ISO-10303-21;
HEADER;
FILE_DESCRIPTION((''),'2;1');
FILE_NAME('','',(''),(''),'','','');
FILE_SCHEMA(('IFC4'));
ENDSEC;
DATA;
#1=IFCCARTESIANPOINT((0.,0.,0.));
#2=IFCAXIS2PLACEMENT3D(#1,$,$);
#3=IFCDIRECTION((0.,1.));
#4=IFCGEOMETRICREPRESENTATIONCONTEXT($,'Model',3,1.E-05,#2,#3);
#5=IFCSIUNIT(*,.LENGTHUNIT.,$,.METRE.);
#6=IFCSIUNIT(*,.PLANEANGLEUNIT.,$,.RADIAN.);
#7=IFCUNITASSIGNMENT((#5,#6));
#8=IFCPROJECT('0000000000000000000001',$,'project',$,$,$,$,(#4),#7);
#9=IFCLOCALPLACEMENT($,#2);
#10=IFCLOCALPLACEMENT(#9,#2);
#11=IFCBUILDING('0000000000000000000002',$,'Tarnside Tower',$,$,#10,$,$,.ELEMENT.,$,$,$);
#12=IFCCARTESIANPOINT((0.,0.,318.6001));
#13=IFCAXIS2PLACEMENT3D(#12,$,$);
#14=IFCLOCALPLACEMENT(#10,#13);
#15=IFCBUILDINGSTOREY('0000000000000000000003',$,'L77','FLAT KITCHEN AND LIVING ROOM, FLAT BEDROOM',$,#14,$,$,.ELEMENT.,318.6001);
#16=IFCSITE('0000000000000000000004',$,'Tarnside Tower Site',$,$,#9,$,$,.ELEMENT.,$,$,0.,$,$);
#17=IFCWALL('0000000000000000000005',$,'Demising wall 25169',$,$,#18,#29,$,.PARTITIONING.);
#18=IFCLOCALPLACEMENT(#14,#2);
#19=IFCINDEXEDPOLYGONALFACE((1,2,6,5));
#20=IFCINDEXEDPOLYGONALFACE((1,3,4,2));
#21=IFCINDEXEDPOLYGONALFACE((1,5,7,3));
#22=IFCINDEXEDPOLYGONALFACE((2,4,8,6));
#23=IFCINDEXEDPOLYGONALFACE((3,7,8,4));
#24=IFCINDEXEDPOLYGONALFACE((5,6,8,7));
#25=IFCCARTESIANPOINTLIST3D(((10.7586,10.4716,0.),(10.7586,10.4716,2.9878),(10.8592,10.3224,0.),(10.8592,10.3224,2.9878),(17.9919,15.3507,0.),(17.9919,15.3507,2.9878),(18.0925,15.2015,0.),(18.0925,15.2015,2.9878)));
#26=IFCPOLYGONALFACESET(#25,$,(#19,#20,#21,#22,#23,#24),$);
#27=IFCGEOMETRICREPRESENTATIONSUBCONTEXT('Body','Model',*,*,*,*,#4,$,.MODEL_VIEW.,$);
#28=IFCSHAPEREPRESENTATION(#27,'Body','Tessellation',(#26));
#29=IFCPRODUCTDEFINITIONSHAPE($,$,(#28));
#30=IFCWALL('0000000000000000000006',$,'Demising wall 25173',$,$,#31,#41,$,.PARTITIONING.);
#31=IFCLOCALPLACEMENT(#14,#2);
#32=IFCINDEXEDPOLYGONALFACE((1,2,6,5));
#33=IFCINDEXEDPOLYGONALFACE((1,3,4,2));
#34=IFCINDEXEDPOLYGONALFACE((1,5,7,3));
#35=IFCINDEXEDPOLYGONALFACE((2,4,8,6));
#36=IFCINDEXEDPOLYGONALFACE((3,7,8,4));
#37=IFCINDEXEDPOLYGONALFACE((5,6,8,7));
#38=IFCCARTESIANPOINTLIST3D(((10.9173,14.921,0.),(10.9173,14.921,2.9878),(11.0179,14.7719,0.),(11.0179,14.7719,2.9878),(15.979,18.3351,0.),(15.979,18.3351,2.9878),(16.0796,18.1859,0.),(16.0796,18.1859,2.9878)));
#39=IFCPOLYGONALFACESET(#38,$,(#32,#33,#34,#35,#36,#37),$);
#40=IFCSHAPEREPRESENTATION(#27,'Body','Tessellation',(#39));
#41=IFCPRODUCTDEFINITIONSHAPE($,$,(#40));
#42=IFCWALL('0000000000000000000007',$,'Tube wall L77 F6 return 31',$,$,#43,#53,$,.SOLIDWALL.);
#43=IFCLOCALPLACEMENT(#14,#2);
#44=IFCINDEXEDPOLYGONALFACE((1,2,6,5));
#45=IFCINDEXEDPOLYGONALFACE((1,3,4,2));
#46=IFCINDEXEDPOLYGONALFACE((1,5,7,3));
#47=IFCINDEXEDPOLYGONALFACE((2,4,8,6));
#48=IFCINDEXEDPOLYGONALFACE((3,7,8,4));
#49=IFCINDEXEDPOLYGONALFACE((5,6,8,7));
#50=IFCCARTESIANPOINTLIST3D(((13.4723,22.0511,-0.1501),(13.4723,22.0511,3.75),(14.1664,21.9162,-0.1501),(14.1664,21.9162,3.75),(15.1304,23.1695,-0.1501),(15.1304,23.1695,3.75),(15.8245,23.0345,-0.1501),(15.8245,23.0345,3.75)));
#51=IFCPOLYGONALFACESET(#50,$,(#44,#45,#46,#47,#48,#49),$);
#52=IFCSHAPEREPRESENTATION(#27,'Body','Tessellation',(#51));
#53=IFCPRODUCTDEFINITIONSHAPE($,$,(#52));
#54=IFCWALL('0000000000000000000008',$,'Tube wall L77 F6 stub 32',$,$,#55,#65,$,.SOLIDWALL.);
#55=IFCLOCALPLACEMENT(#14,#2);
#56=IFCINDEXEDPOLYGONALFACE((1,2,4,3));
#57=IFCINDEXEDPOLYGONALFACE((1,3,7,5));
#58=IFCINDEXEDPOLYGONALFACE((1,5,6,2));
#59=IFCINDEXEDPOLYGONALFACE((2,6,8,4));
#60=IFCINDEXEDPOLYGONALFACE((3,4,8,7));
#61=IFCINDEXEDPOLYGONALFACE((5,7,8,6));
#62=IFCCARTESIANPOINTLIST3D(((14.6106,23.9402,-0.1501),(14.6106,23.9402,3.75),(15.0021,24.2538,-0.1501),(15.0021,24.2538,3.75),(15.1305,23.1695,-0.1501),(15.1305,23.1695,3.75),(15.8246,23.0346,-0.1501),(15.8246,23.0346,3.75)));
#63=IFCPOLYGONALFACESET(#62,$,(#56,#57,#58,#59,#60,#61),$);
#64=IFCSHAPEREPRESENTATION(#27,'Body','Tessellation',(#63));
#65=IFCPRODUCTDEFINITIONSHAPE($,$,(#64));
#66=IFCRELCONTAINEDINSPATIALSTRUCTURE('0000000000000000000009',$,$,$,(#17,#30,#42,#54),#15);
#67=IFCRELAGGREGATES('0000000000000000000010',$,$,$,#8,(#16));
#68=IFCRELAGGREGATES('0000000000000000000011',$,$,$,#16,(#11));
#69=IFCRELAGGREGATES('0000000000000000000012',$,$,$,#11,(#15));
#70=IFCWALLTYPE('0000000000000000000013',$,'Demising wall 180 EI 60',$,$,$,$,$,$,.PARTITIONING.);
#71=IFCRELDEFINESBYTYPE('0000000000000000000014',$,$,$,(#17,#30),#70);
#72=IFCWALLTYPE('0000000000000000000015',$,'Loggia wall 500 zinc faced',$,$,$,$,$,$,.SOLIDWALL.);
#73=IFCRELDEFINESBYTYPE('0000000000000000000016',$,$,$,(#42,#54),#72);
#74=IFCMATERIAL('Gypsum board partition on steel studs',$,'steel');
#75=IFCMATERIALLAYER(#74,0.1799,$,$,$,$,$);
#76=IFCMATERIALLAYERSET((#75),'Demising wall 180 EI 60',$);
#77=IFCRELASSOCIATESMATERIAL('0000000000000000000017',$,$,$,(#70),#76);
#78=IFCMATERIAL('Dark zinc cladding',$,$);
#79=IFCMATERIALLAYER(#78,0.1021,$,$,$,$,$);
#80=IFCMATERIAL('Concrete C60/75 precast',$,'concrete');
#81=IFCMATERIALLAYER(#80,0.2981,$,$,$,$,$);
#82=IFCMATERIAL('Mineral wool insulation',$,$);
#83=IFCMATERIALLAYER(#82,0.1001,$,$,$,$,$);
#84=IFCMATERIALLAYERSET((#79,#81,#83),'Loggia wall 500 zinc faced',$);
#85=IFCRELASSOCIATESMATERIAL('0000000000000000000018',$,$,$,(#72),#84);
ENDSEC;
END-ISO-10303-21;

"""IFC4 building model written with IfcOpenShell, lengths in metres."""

from ifc_helpers import new_model, si_unit, direction, frame, frame_2d, origin, place, context, subcontext, project, spatial, polyline, rectangle, outline, extrude, material, layer, layer_set, type_object, element, save


model = new_model("IFC4")

# Units and contexts
model_context = context("Model", 3, precision=1e-05, world=origin(), true_north=direction((0.0, 1.0)))
body_context = subcontext(model_context, "Body", "Model", "MODEL_VIEW")
ifc_project = project(units=[si_unit("LENGTHUNIT", "METRE"), si_unit("PLANEANGLEUNIT", "RADIAN")], contexts=[model_context])

# Site, building, storey
site_placement = place(None, origin())
site = spatial("IfcSite", under=ifc_project, at=site_placement, Name="Tarnside Tower Site", CompositionType="ELEMENT", RefElevation=0.0)
building_placement = place(site_placement, origin())
building = spatial("IfcBuilding", under=site, at=building_placement, Name="Tarnside Tower", CompositionType="ELEMENT")
storey_placement = place(building_placement, frame((0.0, 0.0, 318.6001)))
storey = spatial("IfcBuildingStorey", under=building, at=storey_placement, Name="L77", Description="FLAT KITCHEN AND LIVING ROOM, FLAT BEDROOM", CompositionType="ELEMENT", Elevation=318.6001)

# Walls
ifc_material_1 = material(Name="Gypsum board partition on steel studs", Category="steel")
ifc_layer_1 = layer(ifc_material_1, 0.1799)
ifc_layer_set_1 = layer_set([ifc_layer_1], Name="Demising wall 180 EI 60")
wall_type_1 = type_object("IfcWallType", Name="Demising wall 180 EI 60", PredefinedType="PARTITIONING", material=ifc_layer_set_1)
wall_1_placement = place(storey_placement, frame((18.0422, 15.2761, 0.0), z_axis=(0.0, 0.0, 1.0), x_axis=(-0.829029, -0.559206, 0.0)))
element("IfcWall", 1, at=wall_1_placement, inside=storey, type_object=wall_type_1, Name="Demising wall 25169", PredefinedType="PARTITIONING", context=body_context, shape_type="SweptSolid", body=[
    extrude(rectangle(XDim=8.7251, YDim=0.1799, at=frame_2d((4.3625, 0.0))), origin(), (0.0, 0.0, 1.0), 2.9878),
])
wall_2_placement = place(storey_placement, frame((16.0293, 18.2605, 0.0), z_axis=(0.0, 0.0, 1.0), x_axis=(-0.829048, -0.559177, 0.0)))
element("IfcWall", 2, at=wall_2_placement, inside=storey, type_object=wall_type_1, Name="Demising wall 25173", PredefinedType="PARTITIONING", context=body_context, shape_type="SweptSolid", body=[
    extrude(rectangle(XDim=6.1055, YDim=0.1799, at=frame_2d((3.0527, 0.0))), origin(), (0.0, 0.0, 1.0), 2.9878),
])
ifc_material_2 = material(Name="Dark zinc cladding")
ifc_layer_2 = layer(ifc_material_2, 0.1021)
ifc_material_3 = material(Name="Concrete C60/75 precast", Category="concrete")
ifc_layer_3 = layer(ifc_material_3, 0.2981)
ifc_material_4 = material(Name="Mineral wool insulation")
ifc_layer_4 = layer(ifc_material_4, 0.1001)
ifc_layer_set_2 = layer_set([ifc_layer_2, ifc_layer_3, ifc_layer_4], Name="Loggia wall 500 zinc faced")
wall_type_2 = type_object("IfcWallType", Name="Loggia wall 500 zinc faced", PredefinedType="SOLIDWALL", material=ifc_layer_set_2)
wall_3_placement = place(storey_placement, frame((13.8193, 21.9836, -0.1501), z_axis=(0.0, 0.0, 1.0), x_axis=(0.829052, 0.559171, 0.0)))
element("IfcWall", 3, at=wall_3_placement, inside=storey, type_object=wall_type_2, Name="Tube wall L77 F6 return 31", PredefinedType="SOLIDWALL", context=body_context, shape_type="SweptSolid", body=[
    extrude(outline(polyline([(0.25, -0.25), (2.25, -0.25), (1.75, 0.25), (-0.25, 0.25), (0.25, -0.25)])), origin(), (0.0, 0.0, 1.0), 3.9001),
])
wall_4_placement = place(storey_placement, frame((15.4775, 23.1021, -0.1501), z_axis=(0.0, 0.0, 1.0), x_axis=(-0.559246, 0.829002, 0.0)))
element("IfcWall", 4, at=wall_4_placement, inside=storey, type_object=wall_type_2, Name="Tube wall L77 F6 stub 32", PredefinedType="SOLIDWALL", context=body_context, shape_type="SweptSolid", body=[
    extrude(outline(polyline([(-0.25, -0.25), (1.2207, -0.25), (1.1797, 0.25), (0.25, 0.25), (-0.25, -0.25)])), origin(), (0.0, 0.0, 1.0), 3.9001),
])

save(model, "model.ifc")
